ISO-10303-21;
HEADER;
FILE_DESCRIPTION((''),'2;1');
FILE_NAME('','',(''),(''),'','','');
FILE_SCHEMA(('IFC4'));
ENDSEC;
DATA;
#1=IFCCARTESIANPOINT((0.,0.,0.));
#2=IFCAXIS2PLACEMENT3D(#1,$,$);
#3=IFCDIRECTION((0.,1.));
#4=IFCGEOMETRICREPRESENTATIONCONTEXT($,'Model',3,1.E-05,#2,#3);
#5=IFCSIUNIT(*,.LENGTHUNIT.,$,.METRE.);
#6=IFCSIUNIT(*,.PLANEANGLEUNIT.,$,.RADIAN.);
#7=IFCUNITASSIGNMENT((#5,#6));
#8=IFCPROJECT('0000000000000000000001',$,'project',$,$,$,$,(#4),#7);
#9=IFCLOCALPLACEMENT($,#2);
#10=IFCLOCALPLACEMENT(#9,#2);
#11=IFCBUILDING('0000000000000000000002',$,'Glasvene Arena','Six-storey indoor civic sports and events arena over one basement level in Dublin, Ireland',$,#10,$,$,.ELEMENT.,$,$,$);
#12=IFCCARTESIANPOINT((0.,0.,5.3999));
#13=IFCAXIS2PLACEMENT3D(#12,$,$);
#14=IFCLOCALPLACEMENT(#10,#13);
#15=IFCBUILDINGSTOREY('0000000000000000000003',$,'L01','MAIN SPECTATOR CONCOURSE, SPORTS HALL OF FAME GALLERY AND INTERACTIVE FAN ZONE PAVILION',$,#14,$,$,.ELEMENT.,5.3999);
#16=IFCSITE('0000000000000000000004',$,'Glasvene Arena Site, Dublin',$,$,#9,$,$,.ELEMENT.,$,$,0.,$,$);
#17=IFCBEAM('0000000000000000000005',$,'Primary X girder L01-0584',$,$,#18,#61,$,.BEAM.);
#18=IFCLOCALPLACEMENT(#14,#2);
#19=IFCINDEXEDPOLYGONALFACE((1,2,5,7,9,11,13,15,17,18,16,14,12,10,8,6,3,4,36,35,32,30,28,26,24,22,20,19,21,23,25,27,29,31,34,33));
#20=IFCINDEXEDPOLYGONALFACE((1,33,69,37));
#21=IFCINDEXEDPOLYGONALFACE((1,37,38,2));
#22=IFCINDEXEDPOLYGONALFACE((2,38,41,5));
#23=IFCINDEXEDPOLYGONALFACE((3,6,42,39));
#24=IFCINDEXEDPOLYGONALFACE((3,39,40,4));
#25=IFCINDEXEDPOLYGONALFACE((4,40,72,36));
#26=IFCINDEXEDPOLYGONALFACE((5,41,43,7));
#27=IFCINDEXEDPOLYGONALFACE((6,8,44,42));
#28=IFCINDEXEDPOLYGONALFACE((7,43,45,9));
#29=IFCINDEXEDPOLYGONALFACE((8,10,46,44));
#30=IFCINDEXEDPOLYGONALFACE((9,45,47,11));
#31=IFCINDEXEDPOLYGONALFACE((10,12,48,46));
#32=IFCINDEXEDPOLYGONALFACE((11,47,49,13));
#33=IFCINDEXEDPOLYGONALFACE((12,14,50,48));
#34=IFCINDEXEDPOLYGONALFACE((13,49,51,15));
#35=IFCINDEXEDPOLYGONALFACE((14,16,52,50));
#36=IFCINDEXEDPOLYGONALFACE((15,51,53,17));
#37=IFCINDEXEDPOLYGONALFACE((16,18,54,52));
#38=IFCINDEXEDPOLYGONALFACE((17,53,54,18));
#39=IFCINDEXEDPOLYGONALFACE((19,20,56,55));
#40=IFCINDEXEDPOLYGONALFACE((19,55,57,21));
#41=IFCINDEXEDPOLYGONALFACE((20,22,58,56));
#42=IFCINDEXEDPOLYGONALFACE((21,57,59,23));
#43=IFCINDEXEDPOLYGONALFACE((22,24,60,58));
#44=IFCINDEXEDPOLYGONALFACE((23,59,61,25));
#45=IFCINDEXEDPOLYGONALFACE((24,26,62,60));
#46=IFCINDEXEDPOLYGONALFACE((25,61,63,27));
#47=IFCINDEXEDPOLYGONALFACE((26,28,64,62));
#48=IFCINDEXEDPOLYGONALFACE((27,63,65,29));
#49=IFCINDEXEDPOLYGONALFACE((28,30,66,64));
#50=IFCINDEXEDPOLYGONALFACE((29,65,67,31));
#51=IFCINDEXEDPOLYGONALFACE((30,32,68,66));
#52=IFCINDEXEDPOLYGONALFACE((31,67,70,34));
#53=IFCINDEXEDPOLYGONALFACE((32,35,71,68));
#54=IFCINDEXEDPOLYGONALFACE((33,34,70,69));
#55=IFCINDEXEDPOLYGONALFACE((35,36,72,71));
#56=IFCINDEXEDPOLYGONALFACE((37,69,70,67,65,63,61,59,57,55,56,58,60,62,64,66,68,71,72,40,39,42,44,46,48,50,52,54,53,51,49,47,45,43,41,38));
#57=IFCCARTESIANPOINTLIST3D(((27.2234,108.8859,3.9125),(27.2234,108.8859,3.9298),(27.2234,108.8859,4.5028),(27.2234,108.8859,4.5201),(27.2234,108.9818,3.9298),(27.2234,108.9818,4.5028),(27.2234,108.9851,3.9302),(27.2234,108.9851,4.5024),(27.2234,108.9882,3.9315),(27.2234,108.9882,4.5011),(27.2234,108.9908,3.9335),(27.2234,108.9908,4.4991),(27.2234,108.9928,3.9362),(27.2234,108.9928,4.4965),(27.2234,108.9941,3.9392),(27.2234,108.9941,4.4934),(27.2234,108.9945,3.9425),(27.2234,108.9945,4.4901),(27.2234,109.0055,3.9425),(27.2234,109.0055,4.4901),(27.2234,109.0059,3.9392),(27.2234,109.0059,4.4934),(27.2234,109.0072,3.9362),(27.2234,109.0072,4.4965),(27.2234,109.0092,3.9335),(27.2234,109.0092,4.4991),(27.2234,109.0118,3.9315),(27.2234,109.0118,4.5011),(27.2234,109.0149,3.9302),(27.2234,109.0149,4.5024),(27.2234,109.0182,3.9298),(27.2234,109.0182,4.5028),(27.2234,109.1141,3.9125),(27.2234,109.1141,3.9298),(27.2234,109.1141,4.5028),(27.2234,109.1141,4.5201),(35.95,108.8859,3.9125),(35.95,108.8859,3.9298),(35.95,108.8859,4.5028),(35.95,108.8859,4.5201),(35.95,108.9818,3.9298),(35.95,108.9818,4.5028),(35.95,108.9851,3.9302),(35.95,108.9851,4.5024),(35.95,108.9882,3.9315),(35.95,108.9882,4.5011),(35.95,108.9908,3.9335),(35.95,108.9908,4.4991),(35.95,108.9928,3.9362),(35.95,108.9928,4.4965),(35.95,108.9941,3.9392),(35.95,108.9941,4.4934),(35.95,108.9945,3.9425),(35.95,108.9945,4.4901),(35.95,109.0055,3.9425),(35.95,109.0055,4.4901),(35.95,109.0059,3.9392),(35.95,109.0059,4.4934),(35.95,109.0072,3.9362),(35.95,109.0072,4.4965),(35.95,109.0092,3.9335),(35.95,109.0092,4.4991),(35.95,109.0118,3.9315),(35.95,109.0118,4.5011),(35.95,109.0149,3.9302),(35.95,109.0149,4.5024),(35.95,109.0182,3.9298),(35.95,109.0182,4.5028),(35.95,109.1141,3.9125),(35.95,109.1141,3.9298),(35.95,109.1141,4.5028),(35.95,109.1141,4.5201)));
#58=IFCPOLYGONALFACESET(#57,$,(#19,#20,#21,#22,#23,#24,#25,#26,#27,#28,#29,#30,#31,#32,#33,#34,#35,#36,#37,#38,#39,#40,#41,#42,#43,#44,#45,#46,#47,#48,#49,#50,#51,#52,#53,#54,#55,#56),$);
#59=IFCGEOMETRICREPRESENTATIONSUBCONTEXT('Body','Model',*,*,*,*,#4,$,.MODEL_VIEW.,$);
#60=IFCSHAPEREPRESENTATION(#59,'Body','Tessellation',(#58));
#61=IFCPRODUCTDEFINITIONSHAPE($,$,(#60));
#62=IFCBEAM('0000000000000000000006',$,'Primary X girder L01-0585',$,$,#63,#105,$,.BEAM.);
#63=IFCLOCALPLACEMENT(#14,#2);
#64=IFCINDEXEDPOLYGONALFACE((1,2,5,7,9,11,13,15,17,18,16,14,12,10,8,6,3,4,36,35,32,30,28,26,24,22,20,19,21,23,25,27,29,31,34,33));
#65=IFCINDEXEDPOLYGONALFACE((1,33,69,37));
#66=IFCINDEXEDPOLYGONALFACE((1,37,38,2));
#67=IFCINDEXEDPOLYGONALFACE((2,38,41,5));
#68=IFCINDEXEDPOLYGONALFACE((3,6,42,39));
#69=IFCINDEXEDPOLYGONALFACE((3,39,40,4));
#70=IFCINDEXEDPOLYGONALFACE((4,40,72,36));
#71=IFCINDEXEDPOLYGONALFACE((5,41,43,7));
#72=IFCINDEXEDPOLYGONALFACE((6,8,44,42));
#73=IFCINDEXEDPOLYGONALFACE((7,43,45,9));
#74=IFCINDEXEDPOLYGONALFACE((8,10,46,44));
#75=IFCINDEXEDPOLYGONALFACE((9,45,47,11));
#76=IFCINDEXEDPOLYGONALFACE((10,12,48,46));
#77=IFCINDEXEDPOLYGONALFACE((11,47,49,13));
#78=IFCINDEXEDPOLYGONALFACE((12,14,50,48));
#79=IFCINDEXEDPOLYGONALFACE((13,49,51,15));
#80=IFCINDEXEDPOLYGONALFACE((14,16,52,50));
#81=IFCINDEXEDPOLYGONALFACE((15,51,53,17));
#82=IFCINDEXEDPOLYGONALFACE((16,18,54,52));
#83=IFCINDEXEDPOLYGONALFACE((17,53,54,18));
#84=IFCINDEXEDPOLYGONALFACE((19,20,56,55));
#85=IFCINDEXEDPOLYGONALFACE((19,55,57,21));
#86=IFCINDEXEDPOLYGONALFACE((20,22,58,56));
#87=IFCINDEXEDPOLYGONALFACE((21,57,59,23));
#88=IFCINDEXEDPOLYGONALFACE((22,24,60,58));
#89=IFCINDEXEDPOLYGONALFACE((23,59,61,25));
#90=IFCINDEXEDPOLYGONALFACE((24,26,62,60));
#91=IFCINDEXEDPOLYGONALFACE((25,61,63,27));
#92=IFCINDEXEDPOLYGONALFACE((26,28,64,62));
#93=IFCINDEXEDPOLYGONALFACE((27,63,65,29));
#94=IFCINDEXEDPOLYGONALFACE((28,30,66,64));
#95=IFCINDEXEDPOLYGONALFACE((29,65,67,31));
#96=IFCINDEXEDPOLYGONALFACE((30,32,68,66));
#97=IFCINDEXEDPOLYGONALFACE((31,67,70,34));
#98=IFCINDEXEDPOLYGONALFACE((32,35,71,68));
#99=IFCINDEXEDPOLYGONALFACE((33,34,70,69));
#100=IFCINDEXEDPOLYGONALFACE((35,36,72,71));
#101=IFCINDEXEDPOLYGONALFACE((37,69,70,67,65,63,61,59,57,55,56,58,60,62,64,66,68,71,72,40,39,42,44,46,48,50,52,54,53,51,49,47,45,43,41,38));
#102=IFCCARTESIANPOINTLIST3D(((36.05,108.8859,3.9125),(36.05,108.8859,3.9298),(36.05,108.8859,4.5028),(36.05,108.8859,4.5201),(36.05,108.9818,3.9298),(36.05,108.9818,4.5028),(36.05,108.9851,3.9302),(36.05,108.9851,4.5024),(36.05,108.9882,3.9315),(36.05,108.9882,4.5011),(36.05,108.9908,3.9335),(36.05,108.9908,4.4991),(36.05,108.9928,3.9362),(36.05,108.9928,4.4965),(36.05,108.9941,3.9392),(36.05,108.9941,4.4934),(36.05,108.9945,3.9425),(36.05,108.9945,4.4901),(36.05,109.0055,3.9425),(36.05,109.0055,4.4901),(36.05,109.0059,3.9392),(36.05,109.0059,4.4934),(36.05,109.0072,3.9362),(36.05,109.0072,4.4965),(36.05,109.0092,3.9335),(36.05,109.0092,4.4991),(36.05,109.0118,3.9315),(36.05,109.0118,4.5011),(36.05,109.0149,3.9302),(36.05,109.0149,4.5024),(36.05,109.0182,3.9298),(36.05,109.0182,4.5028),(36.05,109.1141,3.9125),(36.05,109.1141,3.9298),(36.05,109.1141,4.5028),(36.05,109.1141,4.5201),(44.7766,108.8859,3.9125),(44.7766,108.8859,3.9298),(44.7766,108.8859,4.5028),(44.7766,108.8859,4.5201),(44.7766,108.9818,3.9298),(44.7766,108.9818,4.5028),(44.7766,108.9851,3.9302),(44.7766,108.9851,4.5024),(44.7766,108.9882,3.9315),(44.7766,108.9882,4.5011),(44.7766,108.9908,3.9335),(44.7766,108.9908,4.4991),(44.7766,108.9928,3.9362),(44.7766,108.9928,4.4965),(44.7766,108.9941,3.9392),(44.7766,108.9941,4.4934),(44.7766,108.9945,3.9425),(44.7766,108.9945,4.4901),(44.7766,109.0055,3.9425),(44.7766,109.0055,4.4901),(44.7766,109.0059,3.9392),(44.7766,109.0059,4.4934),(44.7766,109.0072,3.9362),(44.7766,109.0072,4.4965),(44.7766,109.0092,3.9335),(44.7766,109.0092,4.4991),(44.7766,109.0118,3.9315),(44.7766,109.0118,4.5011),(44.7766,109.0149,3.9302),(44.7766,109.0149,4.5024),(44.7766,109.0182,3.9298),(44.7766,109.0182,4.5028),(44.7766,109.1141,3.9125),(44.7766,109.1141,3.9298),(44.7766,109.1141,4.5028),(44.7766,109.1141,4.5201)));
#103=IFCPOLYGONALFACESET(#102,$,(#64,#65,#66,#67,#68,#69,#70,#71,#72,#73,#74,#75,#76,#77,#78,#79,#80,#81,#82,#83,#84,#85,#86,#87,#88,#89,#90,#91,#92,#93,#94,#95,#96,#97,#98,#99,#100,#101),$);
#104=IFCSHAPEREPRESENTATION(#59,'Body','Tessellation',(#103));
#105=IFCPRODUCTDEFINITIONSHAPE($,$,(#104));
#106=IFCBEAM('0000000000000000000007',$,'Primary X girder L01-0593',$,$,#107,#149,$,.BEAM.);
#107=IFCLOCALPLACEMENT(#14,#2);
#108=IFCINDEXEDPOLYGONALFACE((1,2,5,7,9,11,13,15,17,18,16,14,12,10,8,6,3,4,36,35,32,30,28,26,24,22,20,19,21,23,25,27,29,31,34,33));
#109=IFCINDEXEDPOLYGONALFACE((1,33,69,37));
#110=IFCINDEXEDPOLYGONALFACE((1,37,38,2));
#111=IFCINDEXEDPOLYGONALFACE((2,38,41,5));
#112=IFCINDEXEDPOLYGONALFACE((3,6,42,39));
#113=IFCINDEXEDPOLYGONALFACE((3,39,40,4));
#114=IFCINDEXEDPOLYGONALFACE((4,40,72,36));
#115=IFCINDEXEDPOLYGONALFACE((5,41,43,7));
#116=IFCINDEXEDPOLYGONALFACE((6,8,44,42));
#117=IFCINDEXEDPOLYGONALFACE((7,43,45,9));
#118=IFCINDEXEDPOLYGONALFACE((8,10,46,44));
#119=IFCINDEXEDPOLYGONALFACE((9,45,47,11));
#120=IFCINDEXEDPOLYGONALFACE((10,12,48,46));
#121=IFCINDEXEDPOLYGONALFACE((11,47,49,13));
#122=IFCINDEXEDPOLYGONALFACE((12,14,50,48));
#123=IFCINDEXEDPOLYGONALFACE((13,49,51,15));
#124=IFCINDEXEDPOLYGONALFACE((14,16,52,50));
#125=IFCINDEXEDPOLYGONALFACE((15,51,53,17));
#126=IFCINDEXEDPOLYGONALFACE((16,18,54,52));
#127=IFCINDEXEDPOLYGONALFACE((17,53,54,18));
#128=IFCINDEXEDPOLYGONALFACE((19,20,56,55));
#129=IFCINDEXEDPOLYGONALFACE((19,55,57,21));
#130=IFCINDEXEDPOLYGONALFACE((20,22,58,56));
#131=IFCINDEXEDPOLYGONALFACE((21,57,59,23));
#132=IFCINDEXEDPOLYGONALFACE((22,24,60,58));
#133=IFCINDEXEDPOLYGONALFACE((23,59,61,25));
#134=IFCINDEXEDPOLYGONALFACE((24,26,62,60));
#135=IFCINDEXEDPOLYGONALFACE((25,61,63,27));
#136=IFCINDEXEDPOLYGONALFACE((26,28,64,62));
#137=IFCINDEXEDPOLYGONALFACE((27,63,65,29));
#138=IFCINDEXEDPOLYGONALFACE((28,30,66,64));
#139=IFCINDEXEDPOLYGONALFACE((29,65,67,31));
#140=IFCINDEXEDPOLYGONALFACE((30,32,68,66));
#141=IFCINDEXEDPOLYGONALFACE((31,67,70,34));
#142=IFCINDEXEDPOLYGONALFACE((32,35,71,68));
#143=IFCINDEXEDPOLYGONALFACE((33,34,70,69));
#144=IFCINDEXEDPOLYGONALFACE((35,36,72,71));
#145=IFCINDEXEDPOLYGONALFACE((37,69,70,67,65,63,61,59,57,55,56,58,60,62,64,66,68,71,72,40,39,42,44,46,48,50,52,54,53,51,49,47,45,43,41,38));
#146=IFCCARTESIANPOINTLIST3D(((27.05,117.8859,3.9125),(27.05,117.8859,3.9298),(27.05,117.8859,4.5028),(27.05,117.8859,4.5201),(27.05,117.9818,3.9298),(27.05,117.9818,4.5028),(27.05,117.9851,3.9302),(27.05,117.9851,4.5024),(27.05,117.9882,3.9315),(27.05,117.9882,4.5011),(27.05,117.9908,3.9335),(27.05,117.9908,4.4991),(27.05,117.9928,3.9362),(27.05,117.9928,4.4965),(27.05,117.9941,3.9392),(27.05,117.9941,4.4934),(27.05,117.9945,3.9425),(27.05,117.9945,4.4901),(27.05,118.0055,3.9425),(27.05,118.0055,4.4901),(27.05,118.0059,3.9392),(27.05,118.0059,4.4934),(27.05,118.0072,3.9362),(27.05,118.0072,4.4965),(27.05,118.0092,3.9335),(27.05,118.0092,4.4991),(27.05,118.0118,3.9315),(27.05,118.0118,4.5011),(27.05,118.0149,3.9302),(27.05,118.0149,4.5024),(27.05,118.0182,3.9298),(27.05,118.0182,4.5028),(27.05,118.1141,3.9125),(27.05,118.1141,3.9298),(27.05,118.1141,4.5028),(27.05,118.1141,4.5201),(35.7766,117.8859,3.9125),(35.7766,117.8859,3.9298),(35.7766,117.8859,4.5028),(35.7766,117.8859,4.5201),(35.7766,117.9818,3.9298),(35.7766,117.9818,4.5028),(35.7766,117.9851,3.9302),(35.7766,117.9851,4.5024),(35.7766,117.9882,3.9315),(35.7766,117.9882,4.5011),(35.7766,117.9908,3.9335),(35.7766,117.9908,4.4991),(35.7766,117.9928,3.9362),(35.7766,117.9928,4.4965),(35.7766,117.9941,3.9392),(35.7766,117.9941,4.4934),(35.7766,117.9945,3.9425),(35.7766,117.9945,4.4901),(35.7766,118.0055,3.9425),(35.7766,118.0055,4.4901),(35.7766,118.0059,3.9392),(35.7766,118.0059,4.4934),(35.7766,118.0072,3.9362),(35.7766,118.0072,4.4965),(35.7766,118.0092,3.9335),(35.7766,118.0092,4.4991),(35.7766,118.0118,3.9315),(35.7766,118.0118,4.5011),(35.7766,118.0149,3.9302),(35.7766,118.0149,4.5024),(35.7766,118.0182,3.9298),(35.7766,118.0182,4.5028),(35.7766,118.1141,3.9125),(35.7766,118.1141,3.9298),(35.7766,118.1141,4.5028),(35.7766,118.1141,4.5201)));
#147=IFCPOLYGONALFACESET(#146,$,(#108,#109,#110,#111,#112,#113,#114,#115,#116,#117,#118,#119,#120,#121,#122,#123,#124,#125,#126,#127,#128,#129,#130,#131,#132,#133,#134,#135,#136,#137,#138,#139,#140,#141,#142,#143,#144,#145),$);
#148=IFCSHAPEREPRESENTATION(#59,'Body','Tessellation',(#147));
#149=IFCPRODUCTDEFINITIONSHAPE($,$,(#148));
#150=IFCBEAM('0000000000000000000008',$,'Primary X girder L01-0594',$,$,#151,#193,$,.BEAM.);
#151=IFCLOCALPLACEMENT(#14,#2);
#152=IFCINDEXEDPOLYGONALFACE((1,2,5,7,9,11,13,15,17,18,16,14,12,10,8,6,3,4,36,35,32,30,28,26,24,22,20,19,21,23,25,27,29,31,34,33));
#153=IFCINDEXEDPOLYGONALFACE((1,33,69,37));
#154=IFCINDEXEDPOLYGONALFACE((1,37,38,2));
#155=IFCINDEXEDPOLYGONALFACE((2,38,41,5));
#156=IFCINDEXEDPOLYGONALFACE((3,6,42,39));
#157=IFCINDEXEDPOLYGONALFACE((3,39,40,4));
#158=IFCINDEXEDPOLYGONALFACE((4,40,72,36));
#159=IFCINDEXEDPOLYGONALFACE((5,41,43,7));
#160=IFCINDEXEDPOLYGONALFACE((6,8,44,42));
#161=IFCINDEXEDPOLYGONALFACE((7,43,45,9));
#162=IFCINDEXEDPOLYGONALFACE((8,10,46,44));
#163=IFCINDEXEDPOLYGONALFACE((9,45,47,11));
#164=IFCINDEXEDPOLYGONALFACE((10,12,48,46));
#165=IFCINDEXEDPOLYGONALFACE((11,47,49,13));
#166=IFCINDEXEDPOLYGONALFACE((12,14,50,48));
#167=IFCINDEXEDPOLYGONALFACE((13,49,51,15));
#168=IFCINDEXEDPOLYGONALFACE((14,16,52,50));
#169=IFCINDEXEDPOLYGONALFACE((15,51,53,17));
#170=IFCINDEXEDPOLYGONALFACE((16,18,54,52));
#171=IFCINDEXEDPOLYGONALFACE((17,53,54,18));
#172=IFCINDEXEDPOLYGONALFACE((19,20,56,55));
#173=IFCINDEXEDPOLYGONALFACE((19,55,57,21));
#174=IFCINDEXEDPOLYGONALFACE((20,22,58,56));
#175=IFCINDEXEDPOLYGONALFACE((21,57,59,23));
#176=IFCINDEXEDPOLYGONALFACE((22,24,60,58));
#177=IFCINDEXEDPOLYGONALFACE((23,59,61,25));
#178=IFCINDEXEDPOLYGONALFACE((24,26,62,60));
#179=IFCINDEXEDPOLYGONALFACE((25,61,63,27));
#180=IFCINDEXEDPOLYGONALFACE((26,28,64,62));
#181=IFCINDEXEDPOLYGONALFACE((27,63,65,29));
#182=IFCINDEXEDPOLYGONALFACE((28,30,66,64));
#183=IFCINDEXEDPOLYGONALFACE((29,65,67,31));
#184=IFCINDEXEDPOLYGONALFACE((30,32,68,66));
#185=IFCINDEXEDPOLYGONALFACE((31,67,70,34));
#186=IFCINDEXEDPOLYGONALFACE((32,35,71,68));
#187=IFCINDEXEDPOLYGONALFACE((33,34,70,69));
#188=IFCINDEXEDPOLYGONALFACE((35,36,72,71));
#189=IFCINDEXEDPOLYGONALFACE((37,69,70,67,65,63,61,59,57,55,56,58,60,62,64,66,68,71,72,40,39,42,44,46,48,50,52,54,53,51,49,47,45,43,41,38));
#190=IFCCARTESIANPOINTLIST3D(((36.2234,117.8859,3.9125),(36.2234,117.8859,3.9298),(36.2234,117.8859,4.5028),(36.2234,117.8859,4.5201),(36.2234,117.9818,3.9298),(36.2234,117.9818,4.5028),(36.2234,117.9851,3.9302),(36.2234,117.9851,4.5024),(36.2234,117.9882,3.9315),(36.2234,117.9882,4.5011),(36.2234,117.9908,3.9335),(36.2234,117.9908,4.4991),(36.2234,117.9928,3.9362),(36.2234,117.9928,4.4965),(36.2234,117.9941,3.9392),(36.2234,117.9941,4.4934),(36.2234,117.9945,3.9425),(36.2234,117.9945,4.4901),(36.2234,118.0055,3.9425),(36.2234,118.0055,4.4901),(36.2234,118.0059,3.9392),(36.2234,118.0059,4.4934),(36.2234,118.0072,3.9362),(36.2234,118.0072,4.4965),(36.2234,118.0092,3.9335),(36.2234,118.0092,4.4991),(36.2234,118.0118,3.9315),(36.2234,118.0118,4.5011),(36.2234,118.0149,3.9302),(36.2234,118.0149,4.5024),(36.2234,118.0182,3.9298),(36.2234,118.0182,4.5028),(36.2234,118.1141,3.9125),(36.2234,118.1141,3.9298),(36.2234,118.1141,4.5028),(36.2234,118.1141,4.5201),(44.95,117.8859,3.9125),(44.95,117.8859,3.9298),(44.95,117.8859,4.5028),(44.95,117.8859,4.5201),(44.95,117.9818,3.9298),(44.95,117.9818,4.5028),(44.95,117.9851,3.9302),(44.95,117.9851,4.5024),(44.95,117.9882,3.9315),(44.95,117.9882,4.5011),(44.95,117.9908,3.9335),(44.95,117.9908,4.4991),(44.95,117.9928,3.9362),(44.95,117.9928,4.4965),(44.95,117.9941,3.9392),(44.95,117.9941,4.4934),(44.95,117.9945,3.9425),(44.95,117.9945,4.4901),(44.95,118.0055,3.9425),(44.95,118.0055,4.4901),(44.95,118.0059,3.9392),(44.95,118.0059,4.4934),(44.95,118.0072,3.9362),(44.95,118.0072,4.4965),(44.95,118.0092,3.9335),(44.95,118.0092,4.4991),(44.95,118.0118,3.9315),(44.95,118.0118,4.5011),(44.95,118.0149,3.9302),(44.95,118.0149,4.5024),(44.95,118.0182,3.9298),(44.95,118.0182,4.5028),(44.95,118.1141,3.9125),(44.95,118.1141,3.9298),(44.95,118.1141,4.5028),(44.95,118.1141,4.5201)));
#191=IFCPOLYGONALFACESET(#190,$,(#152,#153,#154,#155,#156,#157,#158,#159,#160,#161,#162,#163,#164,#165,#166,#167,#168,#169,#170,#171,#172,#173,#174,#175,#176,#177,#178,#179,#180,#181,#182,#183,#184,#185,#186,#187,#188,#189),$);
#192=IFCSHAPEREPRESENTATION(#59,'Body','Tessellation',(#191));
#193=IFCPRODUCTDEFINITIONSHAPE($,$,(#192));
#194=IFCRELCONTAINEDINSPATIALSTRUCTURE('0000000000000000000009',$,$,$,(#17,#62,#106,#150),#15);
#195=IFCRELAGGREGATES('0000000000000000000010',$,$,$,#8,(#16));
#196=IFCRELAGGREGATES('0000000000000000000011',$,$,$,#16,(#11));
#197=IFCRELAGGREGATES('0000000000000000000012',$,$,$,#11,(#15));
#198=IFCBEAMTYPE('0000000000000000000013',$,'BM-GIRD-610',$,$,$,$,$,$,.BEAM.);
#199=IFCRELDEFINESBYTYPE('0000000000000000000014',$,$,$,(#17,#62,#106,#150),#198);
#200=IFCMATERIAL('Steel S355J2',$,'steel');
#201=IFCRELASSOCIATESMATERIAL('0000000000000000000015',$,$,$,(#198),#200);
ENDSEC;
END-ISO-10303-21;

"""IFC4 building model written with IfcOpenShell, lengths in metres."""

from ifc_helpers import new_model, si_unit, direction, frame, origin, origin_2d, place, context, subcontext, project, spatial, i_section, extrude, material, material_profile, profile_set, type_object, element, save


model = new_model("IFC4")

# Units and contexts
model_context = context("Model", 3, precision=1e-05, world=origin(), true_north=direction((0.0, 1.0)))
body_context = subcontext(model_context, "Body", "Model", "MODEL_VIEW")
ifc_project = project(units=[si_unit("LENGTHUNIT", "METRE"), si_unit("PLANEANGLEUNIT", "RADIAN")], contexts=[model_context])

# Site, building, storey
site_placement = place(None, origin())
site = spatial("IfcSite", under=ifc_project, at=site_placement, Name="Glasvene Arena Site, Dublin", CompositionType="ELEMENT", RefElevation=0.0)
building_placement = place(site_placement, origin())
building = spatial("IfcBuilding", under=site, at=building_placement, Name="Glasvene Arena", Description="Six-storey indoor civic sports and events arena over one basement level in Dublin, Ireland", CompositionType="ELEMENT")
storey_placement = place(building_placement, frame((0.0, 0.0, 5.3999)))
storey = spatial("IfcBuildingStorey", under=building, at=storey_placement, Name="L01", Description="MAIN SPECTATOR CONCOURSE, SPORTS HALL OF FAME GALLERY AND INTERACTIVE FAN ZONE PAVILION", CompositionType="ELEMENT", Elevation=5.3999)

# Shared definitions
ifc_material_1 = material(Name="Steel S355J2", Category="steel")

# Beams
ifc_material_profile_1 = material_profile(ifc_material_1, i_section(OverallWidth=0.2283, OverallDepth=0.6077, WebThickness=0.011, FlangeThickness=0.0173, FilletRadius=0.0127, at=origin_2d()), Name="UKB 610x229x113")
ifc_profile_set_1 = profile_set([ifc_material_profile_1], Name="Steel S355J2")
beam_type_1 = type_object("IfcBeamType", Name="BM-GIRD-610", PredefinedType="BEAM", material=ifc_profile_set_1)
for number, where, z_axis, x_axis, name in (
    (1, (27.2234, 109.0, 4.2163), (1.0, 0.0, 0.0), (0.0, 1.0, 0.0), "Primary X girder L01-0584"),
    (2, (36.05, 109.0, 4.2163), (1.0, 0.0, 0.0), (0.0, 1.0, 0.0), "Primary X girder L01-0585"),
    (3, (27.05, 118.0, 4.2163), (1.0, 0.0, 0.0), (0.0, 1.0, 0.0), "Primary X girder L01-0593"),
    (4, (36.2234, 118.0, 4.2163), (1.0, 0.0, 0.0), (0.0, 1.0, 0.0), "Primary X girder L01-0594"),
):
    element("IfcBeam", number, at=place(storey_placement, frame(where, z_axis=z_axis, x_axis=x_axis)), inside=storey, type_object=beam_type_1, Name=name, PredefinedType="BEAM", context=body_context, shape_type="SweptSolid", body=[
        extrude(i_section(OverallWidth=0.2283, OverallDepth=0.6077, WebThickness=0.011, FlangeThickness=0.0173, FilletRadius=0.0127, at=origin_2d()), origin(), (0.0, 0.0, 1.0), 8.7266),
    ])

save(model, "model.ifc")
